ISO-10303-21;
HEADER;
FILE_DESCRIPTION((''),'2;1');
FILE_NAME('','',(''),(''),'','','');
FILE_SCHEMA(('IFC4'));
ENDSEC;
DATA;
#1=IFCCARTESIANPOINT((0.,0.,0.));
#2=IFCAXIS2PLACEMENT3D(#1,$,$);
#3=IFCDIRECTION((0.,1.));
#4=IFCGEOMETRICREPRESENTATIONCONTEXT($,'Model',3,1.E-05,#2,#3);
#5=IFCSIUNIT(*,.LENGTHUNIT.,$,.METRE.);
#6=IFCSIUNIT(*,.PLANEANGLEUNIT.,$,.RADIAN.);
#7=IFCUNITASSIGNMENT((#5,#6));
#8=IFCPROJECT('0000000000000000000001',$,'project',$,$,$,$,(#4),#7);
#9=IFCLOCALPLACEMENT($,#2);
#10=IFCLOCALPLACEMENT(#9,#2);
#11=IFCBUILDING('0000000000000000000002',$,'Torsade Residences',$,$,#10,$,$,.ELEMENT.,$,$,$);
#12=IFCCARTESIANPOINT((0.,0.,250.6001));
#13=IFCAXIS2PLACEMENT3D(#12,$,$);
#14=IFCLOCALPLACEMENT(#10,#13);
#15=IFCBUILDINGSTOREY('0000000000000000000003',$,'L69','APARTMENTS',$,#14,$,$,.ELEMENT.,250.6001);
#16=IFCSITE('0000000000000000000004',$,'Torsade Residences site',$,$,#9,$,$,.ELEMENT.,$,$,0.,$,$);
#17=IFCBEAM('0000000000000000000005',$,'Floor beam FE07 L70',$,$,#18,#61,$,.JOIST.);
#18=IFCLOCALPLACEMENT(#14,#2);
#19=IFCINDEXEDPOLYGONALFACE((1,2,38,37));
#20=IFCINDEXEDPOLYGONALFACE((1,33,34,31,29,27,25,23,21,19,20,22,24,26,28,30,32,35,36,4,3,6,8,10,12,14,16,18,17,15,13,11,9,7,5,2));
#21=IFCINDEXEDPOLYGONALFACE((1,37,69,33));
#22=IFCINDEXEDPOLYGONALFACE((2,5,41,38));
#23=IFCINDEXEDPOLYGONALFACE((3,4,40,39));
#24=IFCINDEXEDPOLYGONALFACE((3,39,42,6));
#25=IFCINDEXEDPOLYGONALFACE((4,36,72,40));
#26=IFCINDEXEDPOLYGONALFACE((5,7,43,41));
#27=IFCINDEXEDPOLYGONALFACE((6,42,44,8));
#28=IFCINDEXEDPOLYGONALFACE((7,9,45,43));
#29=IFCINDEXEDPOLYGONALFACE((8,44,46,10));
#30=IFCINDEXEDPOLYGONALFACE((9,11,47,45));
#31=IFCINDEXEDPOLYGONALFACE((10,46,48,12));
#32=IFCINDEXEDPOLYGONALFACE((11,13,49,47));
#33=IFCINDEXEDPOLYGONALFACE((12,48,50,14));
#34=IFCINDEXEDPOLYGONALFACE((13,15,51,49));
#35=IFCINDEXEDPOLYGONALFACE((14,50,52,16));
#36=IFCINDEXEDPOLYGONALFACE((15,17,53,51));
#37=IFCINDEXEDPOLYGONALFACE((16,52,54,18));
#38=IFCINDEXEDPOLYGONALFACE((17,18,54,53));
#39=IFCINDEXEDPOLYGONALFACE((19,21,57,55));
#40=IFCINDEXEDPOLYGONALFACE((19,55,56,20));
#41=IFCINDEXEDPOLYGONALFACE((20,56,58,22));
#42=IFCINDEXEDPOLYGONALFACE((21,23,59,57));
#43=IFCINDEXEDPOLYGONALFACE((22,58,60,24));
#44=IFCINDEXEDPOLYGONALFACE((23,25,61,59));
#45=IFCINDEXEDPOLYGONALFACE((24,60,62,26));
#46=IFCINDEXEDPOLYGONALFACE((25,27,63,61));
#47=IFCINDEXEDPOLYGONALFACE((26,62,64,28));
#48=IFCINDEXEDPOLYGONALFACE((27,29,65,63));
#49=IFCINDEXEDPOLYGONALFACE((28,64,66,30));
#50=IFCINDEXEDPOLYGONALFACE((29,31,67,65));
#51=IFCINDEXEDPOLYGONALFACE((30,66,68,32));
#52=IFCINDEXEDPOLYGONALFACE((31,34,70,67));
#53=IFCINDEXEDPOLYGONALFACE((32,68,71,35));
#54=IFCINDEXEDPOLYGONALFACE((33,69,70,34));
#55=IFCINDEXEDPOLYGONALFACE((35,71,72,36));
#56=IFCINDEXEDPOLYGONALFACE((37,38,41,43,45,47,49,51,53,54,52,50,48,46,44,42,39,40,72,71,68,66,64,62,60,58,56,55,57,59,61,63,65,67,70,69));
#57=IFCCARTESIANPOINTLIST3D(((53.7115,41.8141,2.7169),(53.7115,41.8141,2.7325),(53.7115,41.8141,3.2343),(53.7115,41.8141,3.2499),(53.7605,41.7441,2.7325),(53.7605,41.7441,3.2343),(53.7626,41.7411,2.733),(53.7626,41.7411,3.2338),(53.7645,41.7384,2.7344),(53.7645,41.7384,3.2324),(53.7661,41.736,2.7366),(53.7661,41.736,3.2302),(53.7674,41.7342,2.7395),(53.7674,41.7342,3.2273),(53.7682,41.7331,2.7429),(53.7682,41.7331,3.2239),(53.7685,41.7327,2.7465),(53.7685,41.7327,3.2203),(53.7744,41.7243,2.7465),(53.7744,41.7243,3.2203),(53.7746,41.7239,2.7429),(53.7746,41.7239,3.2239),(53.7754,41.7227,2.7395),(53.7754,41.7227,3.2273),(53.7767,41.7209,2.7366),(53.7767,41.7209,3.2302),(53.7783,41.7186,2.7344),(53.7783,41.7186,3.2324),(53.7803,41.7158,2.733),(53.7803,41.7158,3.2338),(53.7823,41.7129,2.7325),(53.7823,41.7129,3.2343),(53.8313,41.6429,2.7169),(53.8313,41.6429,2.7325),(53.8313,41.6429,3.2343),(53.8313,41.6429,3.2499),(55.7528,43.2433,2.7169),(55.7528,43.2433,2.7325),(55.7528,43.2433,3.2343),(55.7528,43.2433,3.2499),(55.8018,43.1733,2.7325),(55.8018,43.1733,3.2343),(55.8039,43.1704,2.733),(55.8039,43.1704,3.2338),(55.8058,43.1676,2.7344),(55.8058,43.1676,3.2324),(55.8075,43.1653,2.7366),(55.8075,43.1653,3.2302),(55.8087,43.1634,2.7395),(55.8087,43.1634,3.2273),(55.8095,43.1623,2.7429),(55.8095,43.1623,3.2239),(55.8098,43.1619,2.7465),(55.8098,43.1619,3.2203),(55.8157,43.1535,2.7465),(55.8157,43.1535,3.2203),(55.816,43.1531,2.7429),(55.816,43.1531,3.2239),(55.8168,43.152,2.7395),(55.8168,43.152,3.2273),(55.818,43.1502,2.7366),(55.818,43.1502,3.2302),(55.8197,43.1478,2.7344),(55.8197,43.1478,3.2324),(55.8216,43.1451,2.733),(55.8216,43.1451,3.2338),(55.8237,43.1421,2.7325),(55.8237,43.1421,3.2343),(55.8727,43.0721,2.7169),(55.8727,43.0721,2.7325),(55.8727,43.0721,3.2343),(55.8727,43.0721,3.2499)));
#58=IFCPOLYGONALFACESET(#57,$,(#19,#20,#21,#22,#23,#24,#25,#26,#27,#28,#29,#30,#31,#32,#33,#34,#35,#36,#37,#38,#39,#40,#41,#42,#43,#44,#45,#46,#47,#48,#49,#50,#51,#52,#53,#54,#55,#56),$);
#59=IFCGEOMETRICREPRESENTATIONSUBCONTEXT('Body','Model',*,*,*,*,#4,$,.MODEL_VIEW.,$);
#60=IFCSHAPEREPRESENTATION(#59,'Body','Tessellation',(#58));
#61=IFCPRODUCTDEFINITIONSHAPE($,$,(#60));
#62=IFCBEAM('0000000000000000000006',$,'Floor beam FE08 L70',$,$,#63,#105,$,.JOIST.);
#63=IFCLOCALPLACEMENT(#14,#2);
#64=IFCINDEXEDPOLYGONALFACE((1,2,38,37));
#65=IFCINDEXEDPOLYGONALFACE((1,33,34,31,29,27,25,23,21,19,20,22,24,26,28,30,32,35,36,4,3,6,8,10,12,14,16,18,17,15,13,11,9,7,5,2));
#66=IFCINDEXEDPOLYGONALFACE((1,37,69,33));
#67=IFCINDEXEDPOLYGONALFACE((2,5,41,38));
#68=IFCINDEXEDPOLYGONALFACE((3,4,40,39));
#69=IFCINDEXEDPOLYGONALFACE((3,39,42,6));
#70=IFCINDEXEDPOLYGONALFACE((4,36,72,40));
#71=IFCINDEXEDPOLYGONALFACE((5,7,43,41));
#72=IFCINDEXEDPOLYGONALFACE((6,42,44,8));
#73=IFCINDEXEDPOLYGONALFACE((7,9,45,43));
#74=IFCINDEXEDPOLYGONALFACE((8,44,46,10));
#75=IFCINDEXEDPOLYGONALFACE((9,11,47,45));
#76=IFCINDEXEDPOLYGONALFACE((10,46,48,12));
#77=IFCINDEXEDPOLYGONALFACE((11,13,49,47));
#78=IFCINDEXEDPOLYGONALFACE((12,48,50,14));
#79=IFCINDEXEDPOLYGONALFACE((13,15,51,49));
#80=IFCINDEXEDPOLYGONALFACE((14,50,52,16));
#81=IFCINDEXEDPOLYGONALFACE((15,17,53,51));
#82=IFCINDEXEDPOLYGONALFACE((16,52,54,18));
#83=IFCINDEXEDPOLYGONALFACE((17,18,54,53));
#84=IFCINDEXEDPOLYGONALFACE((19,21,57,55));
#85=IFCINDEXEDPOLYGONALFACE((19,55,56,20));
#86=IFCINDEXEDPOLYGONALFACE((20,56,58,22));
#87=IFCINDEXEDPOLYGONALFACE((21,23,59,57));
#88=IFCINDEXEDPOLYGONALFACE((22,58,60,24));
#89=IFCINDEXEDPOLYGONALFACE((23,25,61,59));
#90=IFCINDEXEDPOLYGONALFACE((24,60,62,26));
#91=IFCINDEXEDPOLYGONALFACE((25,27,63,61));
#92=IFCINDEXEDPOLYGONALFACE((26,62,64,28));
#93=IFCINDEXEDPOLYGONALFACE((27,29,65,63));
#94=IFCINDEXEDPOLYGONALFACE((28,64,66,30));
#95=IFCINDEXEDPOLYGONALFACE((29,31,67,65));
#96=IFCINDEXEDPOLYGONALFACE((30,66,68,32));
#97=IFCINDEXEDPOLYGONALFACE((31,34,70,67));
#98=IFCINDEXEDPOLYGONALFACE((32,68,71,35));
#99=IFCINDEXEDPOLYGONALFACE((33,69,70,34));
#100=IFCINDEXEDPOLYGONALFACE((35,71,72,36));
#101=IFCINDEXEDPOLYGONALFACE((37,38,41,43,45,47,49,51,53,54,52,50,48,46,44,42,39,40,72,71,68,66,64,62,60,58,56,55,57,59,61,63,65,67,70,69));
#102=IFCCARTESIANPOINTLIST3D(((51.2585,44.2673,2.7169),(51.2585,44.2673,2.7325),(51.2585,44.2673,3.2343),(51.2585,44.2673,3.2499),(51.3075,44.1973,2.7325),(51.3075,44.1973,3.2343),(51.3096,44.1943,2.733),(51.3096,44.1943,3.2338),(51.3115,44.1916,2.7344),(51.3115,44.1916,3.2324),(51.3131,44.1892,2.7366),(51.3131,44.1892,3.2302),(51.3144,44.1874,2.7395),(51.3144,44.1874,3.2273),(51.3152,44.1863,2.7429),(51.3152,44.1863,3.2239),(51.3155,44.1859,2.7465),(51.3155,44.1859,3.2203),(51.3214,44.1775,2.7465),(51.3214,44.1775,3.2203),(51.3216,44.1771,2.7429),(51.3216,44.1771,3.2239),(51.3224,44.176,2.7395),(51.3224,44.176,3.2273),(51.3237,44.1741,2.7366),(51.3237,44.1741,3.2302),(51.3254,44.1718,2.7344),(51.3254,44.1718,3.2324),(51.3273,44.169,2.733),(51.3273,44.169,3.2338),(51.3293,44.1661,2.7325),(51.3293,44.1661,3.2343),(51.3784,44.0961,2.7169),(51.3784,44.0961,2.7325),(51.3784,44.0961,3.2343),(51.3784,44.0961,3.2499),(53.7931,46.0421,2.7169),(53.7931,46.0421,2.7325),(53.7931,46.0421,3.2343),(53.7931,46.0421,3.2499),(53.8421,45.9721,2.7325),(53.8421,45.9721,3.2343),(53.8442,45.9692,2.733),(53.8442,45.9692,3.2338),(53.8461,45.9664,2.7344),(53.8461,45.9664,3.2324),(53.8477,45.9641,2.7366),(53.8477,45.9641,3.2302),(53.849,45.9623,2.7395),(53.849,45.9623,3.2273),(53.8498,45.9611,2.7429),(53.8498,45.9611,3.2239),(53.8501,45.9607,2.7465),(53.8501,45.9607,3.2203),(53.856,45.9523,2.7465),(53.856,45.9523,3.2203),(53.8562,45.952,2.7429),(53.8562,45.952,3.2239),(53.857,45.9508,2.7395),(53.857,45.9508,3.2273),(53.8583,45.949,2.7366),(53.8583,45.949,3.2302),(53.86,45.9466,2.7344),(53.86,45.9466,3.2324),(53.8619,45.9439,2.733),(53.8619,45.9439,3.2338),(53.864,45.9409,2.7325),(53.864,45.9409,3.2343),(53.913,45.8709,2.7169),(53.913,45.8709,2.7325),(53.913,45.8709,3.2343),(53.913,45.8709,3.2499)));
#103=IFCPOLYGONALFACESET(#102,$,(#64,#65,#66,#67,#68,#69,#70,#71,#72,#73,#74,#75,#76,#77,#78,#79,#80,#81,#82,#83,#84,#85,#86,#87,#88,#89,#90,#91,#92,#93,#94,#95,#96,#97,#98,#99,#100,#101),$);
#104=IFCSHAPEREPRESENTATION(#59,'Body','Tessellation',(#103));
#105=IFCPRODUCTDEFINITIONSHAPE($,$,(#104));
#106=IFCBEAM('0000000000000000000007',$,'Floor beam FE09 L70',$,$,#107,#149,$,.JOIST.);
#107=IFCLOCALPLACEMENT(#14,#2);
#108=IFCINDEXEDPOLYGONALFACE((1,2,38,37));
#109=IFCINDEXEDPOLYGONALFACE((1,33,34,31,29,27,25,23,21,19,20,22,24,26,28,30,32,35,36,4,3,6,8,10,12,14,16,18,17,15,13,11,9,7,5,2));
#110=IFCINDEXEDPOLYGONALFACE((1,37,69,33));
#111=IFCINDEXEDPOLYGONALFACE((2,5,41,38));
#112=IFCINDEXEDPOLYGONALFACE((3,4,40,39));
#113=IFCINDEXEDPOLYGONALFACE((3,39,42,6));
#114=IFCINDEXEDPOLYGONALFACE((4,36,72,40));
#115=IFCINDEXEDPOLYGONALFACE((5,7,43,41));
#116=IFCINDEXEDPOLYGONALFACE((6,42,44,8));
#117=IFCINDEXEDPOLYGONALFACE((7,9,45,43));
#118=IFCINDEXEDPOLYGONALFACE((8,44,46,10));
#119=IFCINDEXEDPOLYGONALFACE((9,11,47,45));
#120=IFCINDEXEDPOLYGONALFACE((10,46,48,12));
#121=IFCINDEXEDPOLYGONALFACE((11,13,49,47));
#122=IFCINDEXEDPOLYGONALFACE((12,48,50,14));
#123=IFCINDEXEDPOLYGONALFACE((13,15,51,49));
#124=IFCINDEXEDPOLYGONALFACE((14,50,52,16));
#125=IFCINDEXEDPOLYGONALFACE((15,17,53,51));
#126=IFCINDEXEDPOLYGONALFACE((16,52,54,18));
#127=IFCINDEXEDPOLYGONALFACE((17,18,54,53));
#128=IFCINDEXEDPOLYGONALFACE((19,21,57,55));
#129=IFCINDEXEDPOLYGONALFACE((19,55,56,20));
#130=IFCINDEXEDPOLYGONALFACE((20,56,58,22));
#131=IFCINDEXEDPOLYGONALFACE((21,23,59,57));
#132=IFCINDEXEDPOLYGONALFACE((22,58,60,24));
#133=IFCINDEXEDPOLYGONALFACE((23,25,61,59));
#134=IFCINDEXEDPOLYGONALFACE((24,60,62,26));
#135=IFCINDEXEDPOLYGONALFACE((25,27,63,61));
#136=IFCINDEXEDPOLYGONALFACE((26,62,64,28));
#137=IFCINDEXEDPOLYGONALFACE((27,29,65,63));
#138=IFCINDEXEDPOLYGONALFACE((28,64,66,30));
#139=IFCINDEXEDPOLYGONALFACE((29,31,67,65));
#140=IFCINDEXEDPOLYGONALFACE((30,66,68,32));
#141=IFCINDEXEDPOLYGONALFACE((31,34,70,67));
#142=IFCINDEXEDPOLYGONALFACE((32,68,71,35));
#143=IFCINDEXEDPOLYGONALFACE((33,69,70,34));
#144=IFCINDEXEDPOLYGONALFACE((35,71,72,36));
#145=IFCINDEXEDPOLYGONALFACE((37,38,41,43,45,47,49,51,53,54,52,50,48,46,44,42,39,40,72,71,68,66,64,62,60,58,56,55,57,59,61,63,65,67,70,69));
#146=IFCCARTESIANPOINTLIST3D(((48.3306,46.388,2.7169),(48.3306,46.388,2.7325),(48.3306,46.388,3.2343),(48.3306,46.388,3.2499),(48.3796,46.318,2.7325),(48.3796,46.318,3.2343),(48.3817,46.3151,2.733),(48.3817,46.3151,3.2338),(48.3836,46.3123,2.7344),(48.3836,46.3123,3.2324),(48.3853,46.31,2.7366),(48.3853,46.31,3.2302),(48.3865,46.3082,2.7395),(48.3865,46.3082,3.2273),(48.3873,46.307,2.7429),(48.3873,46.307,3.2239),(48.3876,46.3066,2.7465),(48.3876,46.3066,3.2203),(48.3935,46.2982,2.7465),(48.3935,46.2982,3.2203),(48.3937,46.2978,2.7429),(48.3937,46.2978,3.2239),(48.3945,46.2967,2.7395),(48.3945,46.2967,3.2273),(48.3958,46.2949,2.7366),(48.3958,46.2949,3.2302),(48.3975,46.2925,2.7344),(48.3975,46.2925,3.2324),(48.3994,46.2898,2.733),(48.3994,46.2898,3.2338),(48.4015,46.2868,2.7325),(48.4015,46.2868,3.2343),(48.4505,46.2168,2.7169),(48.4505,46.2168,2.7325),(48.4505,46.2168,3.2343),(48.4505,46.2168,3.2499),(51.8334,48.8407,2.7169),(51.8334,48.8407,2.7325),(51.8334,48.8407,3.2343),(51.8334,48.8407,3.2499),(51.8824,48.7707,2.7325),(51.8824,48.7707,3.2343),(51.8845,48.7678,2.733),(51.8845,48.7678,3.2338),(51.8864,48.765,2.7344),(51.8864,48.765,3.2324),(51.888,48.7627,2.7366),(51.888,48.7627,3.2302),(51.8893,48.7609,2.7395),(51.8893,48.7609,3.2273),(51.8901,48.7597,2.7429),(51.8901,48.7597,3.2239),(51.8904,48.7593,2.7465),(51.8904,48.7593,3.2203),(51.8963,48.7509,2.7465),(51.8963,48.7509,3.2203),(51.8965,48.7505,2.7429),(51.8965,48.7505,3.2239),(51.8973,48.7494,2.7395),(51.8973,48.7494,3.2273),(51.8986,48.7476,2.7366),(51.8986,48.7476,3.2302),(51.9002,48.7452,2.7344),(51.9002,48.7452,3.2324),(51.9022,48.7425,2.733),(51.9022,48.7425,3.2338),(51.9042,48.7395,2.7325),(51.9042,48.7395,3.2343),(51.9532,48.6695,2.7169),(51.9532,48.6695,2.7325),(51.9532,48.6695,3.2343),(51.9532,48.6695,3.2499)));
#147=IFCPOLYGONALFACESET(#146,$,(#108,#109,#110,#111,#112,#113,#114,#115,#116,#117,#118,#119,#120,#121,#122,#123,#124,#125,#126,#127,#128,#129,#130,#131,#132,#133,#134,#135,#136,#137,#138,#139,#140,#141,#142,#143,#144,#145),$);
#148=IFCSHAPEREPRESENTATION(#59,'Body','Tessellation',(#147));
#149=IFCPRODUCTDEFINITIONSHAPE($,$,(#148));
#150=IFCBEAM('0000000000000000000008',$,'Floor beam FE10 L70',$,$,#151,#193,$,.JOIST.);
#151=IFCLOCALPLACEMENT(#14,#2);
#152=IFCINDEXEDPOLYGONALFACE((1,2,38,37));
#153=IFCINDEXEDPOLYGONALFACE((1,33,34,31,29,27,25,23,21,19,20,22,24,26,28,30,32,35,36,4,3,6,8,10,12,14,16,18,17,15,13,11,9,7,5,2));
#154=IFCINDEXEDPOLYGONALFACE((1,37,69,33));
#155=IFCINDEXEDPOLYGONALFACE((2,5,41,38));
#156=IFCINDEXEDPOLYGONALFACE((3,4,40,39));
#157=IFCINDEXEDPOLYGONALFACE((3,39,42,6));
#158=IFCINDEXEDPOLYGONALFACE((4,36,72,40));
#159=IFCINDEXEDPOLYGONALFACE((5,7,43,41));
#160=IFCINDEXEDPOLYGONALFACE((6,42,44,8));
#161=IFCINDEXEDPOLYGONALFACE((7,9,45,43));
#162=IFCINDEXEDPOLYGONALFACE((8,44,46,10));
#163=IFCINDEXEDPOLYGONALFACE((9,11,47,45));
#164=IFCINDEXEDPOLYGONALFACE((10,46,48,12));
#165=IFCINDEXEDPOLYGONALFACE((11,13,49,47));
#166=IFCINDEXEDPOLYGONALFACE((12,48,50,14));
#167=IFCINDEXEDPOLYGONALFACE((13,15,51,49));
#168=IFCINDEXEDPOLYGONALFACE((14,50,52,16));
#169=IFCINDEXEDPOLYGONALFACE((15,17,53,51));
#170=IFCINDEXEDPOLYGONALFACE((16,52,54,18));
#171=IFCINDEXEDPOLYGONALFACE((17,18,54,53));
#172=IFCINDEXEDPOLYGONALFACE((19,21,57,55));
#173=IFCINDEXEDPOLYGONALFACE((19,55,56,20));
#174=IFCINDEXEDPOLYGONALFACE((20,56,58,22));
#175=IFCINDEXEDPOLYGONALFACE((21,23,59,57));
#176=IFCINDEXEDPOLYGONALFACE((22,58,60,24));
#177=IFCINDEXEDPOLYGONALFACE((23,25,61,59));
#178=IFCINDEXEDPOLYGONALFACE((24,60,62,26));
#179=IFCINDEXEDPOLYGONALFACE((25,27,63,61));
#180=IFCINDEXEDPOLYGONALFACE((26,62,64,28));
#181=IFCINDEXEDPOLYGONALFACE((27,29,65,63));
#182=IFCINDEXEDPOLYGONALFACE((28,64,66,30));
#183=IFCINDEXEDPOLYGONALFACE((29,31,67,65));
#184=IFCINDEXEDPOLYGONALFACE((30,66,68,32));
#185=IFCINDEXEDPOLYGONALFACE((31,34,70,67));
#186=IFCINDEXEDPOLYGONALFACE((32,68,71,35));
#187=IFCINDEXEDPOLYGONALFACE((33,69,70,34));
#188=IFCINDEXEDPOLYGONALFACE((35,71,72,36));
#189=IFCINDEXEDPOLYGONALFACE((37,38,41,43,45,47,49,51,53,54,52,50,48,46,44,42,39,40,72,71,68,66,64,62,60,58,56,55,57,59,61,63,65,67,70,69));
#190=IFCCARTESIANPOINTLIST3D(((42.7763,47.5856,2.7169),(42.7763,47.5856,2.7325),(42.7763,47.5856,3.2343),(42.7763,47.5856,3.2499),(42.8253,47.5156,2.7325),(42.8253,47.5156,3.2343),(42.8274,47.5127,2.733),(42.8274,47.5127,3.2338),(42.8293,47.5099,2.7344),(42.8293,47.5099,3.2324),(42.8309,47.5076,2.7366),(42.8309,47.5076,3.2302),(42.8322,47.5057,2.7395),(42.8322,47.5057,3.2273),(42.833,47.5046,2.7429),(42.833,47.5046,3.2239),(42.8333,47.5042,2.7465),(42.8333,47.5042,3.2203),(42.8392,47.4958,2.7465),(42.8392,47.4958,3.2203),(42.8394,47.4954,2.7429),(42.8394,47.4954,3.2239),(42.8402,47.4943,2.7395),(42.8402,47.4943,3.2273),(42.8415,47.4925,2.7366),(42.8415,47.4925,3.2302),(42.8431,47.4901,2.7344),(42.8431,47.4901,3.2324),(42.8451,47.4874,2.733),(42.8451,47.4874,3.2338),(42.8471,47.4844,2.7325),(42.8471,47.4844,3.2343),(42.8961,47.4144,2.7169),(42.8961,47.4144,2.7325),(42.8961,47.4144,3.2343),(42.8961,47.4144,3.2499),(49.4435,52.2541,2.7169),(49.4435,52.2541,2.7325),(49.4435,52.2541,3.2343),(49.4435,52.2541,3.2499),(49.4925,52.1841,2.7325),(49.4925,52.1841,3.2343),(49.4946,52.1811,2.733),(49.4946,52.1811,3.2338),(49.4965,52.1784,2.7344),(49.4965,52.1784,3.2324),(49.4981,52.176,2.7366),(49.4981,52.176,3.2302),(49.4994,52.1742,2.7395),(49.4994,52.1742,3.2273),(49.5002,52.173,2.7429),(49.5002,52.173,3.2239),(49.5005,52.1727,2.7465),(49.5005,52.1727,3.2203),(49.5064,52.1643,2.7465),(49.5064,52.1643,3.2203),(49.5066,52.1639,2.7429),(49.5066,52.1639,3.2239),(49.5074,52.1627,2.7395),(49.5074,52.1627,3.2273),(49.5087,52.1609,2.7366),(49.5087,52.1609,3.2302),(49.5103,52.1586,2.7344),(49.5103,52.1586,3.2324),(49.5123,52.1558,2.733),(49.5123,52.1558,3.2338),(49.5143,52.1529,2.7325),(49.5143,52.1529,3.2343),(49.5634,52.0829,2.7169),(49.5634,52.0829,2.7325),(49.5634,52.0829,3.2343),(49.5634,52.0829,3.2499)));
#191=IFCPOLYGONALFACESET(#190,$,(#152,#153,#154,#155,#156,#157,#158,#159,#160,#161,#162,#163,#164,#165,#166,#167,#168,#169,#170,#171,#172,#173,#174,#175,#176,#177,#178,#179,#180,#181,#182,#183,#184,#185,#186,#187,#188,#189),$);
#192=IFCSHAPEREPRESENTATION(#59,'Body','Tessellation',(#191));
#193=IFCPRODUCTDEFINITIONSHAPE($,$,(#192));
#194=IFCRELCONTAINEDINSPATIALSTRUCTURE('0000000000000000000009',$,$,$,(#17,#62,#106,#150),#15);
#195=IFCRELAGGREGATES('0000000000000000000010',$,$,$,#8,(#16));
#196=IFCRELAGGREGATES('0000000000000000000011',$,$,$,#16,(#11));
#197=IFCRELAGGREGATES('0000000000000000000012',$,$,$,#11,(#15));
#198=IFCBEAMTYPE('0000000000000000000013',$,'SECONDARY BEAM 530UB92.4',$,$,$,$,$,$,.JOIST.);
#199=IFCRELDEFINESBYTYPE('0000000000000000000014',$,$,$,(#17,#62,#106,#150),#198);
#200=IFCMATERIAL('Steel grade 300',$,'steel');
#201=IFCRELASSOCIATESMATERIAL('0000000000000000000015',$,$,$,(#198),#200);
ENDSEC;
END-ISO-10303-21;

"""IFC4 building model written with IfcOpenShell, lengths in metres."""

from ifc_helpers import new_model, si_unit, direction, frame, origin, origin_2d, place, context, subcontext, project, spatial, i_section, extrude, material, material_profile, profile_set, type_object, element, save


model = new_model("IFC4")

# Units and contexts
model_context = context("Model", 3, precision=1e-05, world=origin(), true_north=direction((0.0, 1.0)))
body_context = subcontext(model_context, "Body", "Model", "MODEL_VIEW")
ifc_project = project(units=[si_unit("LENGTHUNIT", "METRE"), si_unit("PLANEANGLEUNIT", "RADIAN")], contexts=[model_context])

# Site, building, storey
site_placement = place(None, origin())
site = spatial("IfcSite", under=ifc_project, at=site_placement, Name="Torsade Residences site", CompositionType="ELEMENT", RefElevation=0.0)
building_placement = place(site_placement, origin())
building = spatial("IfcBuilding", under=site, at=building_placement, Name="Torsade Residences", CompositionType="ELEMENT")
storey_placement = place(building_placement, frame((0.0, 0.0, 250.6001)))
storey = spatial("IfcBuildingStorey", under=building, at=storey_placement, Name="L69", Description="APARTMENTS", CompositionType="ELEMENT", Elevation=250.6001)

# Beams
ifc_material_1 = material(Name="Steel grade 300", Category="steel")
ifc_material_profile_1 = material_profile(ifc_material_1, i_section(OverallWidth=0.209, OverallDepth=0.533, WebThickness=0.0103, FlangeThickness=0.0156, FilletRadius=0.0139, at=origin_2d()), Name="530UB92.4")
ifc_profile_set_1 = profile_set([ifc_material_profile_1], Name="Steel grade 300")
beam_type_1 = type_object("IfcBeamType", Name="SECONDARY BEAM 530UB92.4", PredefinedType="JOIST", material=ifc_profile_set_1)
beam_1_placement = place(storey_placement, frame((55.8127, 43.1577, 2.9834), z_axis=(-0.819172, -0.573548, 0.0), x_axis=(0.573548, -0.819172, 0.0)))
element("IfcBeam", 1, at=beam_1_placement, inside=storey, type_object=beam_type_1, Name="Floor beam FE07 L70", PredefinedType="JOIST", context=body_context, shape_type="SweptSolid", body=[
    extrude(i_section(OverallWidth=0.209, OverallDepth=0.533, WebThickness=0.0103, FlangeThickness=0.0156, FilletRadius=0.0139, at=origin_2d()), origin(), (0.0, 0.0, 1.0), 2.4919),
])
beam_2_placement = place(storey_placement, frame((53.853, 45.9565, 2.9834), z_axis=(-0.819136, -0.5736, 0.0), x_axis=(0.5736, -0.819136, 0.0)))
element("IfcBeam", 2, at=beam_2_placement, inside=storey, type_object=beam_type_1, Name="Floor beam FE08 L70", PredefinedType="JOIST", context=body_context, shape_type="SweptSolid", body=[
    extrude(i_section(OverallWidth=0.209, OverallDepth=0.533, WebThickness=0.0103, FlangeThickness=0.0156, FilletRadius=0.0139, at=origin_2d()), origin(), (0.0, 0.0, 1.0), 3.0942),
])
beam_3_placement = place(storey_placement, frame((51.8933, 48.7551, 2.9834), z_axis=(-0.819149, -0.573581, 0.0), x_axis=(0.573581, -0.819149, 0.0)))
element("IfcBeam", 3, at=beam_3_placement, inside=storey, type_object=beam_type_1, Name="Floor beam FE09 L70", PredefinedType="JOIST", context=body_context, shape_type="SweptSolid", body=[
    extrude(i_section(OverallWidth=0.209, OverallDepth=0.533, WebThickness=0.0103, FlangeThickness=0.0156, FilletRadius=0.0139, at=origin_2d()), origin(), (0.0, 0.0, 1.0), 4.2761),
])
beam_4_placement = place(storey_placement, frame((49.5034, 52.1685, 2.9834), z_axis=(-0.819152, -0.573577, 0.0), x_axis=(0.573577, -0.819152, 0.0)))
element("IfcBeam", 4, at=beam_4_placement, inside=storey, type_object=beam_type_1, Name="Floor beam FE10 L70", PredefinedType="JOIST", context=body_context, shape_type="SweptSolid", body=[
    extrude(i_section(OverallWidth=0.209, OverallDepth=0.533, WebThickness=0.0103, FlangeThickness=0.0156, FilletRadius=0.0139, at=origin_2d()), origin(), (0.0, 0.0, 1.0), 8.1392),
])

save(model, "model.ifc")
